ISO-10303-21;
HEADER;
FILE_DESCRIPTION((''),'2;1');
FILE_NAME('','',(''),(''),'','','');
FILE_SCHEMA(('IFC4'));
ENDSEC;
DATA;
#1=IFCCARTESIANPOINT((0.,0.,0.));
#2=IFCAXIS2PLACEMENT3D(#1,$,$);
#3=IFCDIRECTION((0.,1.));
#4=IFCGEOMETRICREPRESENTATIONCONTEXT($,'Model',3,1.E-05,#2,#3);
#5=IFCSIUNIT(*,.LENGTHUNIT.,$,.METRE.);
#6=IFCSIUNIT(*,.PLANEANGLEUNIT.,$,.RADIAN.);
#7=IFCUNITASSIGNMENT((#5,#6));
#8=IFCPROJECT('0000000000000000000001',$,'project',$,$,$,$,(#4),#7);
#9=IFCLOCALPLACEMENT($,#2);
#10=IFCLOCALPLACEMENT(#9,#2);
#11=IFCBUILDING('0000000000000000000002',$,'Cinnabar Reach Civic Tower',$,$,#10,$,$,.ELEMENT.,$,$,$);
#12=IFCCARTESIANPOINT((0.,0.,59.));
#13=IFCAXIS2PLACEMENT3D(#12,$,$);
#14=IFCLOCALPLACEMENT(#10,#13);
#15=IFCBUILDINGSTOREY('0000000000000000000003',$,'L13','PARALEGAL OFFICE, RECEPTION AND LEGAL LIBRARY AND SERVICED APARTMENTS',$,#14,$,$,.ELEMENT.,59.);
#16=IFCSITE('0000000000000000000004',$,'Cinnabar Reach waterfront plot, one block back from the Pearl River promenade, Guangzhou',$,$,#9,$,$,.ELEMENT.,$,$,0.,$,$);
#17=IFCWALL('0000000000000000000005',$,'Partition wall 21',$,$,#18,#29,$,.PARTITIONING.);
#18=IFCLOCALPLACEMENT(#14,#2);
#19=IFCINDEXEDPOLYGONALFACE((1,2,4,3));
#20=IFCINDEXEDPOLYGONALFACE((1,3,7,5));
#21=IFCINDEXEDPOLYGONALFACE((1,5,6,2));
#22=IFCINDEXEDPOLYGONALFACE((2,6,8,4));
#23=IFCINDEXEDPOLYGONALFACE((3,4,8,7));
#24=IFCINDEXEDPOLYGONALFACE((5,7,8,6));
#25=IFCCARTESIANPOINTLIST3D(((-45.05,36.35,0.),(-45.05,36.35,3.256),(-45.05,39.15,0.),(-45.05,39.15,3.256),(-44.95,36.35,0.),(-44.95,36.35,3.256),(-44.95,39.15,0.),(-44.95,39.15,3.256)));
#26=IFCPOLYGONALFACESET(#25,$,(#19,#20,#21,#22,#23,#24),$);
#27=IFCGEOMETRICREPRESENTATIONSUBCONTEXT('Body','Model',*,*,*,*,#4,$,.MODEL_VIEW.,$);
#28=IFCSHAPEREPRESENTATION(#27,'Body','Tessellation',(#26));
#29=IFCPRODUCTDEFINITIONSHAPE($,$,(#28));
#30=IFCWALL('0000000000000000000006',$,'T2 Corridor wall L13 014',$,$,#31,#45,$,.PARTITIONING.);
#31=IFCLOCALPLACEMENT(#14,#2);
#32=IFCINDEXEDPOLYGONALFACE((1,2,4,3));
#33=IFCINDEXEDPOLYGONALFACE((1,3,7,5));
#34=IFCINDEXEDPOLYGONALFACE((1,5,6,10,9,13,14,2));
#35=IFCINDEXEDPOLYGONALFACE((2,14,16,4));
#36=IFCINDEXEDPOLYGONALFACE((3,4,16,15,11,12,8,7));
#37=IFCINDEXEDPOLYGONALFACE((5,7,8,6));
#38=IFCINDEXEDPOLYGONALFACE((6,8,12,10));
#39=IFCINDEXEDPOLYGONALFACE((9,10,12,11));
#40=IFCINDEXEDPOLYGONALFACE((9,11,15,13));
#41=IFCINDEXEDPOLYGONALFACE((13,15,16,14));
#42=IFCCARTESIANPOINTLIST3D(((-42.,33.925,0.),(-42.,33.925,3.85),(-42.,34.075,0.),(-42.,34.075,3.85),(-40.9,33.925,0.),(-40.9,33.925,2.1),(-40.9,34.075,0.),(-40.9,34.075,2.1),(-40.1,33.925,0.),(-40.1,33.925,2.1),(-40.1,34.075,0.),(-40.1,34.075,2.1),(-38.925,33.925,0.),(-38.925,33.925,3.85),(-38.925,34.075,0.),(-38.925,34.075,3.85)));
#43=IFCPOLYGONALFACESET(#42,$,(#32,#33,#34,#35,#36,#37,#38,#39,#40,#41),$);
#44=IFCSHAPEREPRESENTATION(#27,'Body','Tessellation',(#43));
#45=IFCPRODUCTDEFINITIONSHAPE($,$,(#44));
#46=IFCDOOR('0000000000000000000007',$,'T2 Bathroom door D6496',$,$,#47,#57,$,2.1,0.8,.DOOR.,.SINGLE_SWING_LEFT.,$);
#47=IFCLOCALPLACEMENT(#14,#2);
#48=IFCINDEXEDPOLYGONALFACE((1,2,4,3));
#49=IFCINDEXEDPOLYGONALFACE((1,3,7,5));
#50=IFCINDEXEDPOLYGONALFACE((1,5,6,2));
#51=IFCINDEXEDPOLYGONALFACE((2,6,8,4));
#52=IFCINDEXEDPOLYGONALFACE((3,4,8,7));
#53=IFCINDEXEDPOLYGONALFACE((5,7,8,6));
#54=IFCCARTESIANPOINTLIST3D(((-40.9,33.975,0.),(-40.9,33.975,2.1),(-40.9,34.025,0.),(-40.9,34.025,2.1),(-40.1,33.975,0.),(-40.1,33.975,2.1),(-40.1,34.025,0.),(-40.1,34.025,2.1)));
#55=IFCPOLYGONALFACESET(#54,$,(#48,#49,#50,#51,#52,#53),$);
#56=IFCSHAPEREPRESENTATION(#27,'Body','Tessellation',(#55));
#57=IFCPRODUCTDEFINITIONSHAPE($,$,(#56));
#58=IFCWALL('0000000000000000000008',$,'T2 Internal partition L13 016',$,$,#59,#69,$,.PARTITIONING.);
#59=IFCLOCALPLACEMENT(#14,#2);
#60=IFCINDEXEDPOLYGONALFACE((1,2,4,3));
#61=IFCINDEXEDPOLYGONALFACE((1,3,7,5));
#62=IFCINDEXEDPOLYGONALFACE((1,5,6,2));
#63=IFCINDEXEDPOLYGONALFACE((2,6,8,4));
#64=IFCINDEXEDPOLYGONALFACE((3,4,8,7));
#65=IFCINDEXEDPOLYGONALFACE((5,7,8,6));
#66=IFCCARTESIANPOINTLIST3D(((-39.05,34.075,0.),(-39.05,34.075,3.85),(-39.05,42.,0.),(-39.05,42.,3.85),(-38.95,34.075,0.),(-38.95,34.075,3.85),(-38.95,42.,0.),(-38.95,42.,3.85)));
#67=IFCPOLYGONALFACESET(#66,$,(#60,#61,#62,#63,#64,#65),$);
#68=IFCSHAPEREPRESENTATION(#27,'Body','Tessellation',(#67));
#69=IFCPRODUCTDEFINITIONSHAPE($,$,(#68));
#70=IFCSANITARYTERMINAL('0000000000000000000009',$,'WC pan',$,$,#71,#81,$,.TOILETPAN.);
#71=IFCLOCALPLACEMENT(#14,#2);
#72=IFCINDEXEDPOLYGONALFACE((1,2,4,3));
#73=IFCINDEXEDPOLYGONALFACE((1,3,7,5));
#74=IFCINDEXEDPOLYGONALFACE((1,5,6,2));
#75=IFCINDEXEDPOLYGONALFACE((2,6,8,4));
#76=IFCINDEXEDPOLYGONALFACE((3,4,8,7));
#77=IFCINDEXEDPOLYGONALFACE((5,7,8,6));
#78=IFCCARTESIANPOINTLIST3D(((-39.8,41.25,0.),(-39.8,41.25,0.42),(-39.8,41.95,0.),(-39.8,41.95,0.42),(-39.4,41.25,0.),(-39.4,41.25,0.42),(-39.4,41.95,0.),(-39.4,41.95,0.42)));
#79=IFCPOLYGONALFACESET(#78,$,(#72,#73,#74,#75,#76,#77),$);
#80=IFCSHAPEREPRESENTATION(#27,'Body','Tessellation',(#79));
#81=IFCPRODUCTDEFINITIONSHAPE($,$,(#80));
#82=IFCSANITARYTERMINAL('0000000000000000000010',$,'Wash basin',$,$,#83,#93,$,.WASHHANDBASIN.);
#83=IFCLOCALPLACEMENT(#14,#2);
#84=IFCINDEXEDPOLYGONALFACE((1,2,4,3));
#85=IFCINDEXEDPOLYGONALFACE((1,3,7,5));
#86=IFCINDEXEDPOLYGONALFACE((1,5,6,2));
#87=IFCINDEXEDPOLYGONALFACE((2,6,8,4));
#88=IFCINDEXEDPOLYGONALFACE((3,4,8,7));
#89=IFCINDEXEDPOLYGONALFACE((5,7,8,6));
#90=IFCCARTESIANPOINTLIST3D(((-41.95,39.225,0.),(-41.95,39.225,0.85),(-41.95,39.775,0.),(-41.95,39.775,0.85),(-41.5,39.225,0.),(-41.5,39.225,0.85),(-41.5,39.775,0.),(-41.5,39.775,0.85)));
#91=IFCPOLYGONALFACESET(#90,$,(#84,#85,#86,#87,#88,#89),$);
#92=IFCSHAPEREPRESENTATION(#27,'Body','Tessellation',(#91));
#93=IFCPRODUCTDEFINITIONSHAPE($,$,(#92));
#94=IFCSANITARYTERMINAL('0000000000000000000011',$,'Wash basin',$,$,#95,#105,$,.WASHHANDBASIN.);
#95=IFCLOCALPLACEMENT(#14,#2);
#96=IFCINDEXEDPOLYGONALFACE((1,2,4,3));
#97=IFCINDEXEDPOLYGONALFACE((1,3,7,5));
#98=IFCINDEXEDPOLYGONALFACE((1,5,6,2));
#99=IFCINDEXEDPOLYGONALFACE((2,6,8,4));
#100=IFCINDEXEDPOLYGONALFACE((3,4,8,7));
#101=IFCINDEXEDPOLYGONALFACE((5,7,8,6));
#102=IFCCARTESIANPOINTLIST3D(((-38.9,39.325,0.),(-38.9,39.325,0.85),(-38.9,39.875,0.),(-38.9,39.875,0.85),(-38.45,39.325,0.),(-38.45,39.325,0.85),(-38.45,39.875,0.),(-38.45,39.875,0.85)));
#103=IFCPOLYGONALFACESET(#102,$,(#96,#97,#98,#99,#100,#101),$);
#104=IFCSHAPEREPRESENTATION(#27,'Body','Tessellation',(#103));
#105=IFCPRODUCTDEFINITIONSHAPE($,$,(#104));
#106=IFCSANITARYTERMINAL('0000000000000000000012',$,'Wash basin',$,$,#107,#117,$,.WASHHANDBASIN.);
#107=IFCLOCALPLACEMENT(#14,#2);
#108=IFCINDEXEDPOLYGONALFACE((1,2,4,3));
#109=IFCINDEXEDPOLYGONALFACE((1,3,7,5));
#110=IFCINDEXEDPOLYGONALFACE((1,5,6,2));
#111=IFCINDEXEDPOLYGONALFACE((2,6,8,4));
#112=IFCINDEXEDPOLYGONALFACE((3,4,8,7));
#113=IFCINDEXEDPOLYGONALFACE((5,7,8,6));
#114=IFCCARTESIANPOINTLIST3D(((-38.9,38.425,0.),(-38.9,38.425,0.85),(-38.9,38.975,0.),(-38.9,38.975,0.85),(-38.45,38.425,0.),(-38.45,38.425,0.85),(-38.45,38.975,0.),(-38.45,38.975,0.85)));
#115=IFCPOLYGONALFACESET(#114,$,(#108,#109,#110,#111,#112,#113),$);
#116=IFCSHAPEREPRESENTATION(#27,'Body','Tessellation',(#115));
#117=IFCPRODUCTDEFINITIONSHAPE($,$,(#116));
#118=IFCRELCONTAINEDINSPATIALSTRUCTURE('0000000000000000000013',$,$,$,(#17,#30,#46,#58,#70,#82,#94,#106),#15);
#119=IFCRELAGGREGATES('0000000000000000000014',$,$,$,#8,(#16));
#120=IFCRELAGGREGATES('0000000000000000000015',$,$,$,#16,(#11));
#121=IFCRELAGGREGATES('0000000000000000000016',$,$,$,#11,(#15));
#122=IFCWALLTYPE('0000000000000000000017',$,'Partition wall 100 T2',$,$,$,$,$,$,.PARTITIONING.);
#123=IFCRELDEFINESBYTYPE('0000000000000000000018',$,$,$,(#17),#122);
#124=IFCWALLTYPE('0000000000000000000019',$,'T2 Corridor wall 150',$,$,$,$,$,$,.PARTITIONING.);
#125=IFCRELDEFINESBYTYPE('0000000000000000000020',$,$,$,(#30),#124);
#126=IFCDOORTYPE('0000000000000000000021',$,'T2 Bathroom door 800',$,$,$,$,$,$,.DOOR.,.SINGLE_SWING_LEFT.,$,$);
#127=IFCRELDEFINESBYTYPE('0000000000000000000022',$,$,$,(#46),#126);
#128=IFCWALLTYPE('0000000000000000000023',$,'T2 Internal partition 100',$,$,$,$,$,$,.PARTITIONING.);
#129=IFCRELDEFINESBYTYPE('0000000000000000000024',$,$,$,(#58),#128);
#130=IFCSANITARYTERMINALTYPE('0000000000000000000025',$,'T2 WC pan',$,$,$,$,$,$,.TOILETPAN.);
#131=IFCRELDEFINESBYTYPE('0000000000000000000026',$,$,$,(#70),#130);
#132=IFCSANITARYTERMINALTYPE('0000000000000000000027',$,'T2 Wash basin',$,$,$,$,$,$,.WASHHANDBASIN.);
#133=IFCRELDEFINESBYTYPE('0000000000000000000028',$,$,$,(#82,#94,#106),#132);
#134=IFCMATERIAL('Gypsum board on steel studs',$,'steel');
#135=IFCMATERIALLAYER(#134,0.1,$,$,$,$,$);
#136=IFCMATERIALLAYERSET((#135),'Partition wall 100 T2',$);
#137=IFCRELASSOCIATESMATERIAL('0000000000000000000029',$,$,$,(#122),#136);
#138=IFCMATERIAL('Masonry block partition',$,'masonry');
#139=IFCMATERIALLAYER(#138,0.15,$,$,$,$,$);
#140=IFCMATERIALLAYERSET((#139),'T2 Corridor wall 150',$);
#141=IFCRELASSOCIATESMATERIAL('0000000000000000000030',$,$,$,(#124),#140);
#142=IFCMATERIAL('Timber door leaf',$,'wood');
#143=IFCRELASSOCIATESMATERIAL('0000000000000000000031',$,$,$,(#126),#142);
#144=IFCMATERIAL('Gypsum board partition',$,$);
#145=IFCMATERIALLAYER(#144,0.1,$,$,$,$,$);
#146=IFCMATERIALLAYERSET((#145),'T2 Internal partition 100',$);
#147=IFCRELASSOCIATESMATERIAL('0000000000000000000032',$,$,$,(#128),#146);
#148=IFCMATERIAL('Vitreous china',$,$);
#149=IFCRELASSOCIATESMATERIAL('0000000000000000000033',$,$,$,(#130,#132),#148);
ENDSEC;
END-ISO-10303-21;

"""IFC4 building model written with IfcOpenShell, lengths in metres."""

from ifc_helpers import new_model, si_unit, direction, frame, frame_2d, origin, origin_2d, place, context, subcontext, project, spatial, rectangle, extrude, material, layer, layer_set, type_object, element, fill, save


model = new_model("IFC4")

# Units and contexts
model_context = context("Model", 3, precision=1e-05, world=origin(), true_north=direction((0.0, 1.0)))
body_context = subcontext(model_context, "Body", "Model", "MODEL_VIEW")
ifc_project = project(units=[si_unit("LENGTHUNIT", "METRE"), si_unit("PLANEANGLEUNIT", "RADIAN")], contexts=[model_context])

# Site, building, storey
site_placement = place(None, origin())
site = spatial("IfcSite", under=ifc_project, at=site_placement, Name="Cinnabar Reach waterfront plot, one block back from the Pearl River promenade, Guangzhou", CompositionType="ELEMENT", RefElevation=0.0)
building_placement = place(site_placement, origin())
building = spatial("IfcBuilding", under=site, at=building_placement, Name="Cinnabar Reach Civic Tower", CompositionType="ELEMENT")
storey_placement = place(building_placement, frame((0.0, 0.0, 59.0)))
storey = spatial("IfcBuildingStorey", under=building, at=storey_placement, Name="L13", Description="PARALEGAL OFFICE, RECEPTION AND LEGAL LIBRARY AND SERVICED APARTMENTS", CompositionType="ELEMENT", Elevation=59.0)

# Wall
ifc_material_1 = material(Name="Gypsum board on steel studs", Category="steel")
ifc_layer_1 = layer(ifc_material_1, 0.1)
ifc_layer_set_1 = layer_set([ifc_layer_1], Name="Partition wall 100 T2")
wall_type_1 = type_object("IfcWallType", Name="Partition wall 100 T2", PredefinedType="PARTITIONING", material=ifc_layer_set_1)
wall_1_placement = place(storey_placement, frame((-45.0, 36.35, 0.0), z_axis=(0.0, 0.0, 1.0), x_axis=(0.0, 1.0, 0.0)))
element("IfcWall", 1, at=wall_1_placement, inside=storey, type_object=wall_type_1, Name="Partition wall 21", PredefinedType="PARTITIONING", context=body_context, shape_type="SweptSolid", body=[
    extrude(rectangle(XDim=2.8, YDim=0.1, at=frame_2d((1.4, 0.0))), origin(), (0.0, 0.0, 1.0), 3.256),
])

# Wall, opening, door
ifc_material_2 = material(Name="Masonry block partition", Category="masonry")
ifc_layer_2 = layer(ifc_material_2, 0.15)
ifc_layer_set_2 = layer_set([ifc_layer_2], Name="T2 Corridor wall 150")
wall_type_2 = type_object("IfcWallType", Name="T2 Corridor wall 150", PredefinedType="PARTITIONING", material=ifc_layer_set_2)
wall_2_placement = place(storey_placement, frame((-38.925, 34.0, 0.0), z_axis=(0.0, 0.0, 1.0), x_axis=(-1.0, 0.0, 0.0)))
wall_2 = element("IfcWall", 2, at=wall_2_placement, inside=storey, type_object=wall_type_2, Name="T2 Corridor wall L13 014", PredefinedType="PARTITIONING", context=body_context, shape_type="SweptSolid", body=[
    extrude(rectangle(XDim=3.075, YDim=0.15, at=frame_2d((1.5375, 0.0))), origin(), (0.0, 0.0, 1.0), 3.85),
])
opening_1_placement = place(wall_2_placement, frame((1.175, 0.0, 0.0)))
opening_1 = element("IfcOpeningElement", 3, at=opening_1_placement, cuts=wall_2, PredefinedType="OPENING", context=body_context, shape_type="SweptSolid", body=[
    extrude(rectangle(XDim=0.8, YDim=2.1, at=frame_2d((0.4, 1.05))), frame((0.0, 0.085, 0.0), z_axis=(0.0, -1.0, 0.0), x_axis=(1.0, 0.0, 0.0)), (0.0, 0.0, 1.0), 0.17),
])
ifc_material_3 = material(Name="Timber door leaf", Category="wood")
door_type_1 = type_object("IfcDoorType", Name="T2 Bathroom door 800", OperationType="SINGLE_SWING_LEFT", PredefinedType="DOOR", material=ifc_material_3)
door_1_placement = place(opening_1_placement, frame((0.8, 0.0, 0.0), z_axis=(0.0, 0.0, 1.0), x_axis=(-1.0, 0.0, 0.0)))
door_1 = element("IfcDoor", 4, at=door_1_placement, inside=storey, type_object=door_type_1, Name="T2 Bathroom door D6496", OperationType="SINGLE_SWING_LEFT", OverallHeight=2.1, OverallWidth=0.8, PredefinedType="DOOR", context=body_context, shape_type="SweptSolid", body=[
    extrude(rectangle(XDim=0.8, YDim=2.1, at=frame_2d((0.4, 1.05))), frame((0.0, 0.025, 0.0), z_axis=(0.0, -1.0, 0.0), x_axis=(1.0, 0.0, 0.0)), (0.0, 0.0, 1.0), 0.05),
])
fill(opening_1, door_1)

# Wall
ifc_material_4 = material(Name="Gypsum board partition")
ifc_layer_3 = layer(ifc_material_4, 0.1)
ifc_layer_set_3 = layer_set([ifc_layer_3], Name="T2 Internal partition 100")
wall_type_3 = type_object("IfcWallType", Name="T2 Internal partition 100", PredefinedType="PARTITIONING", material=ifc_layer_set_3)
wall_3_placement = place(storey_placement, frame((-39.0, 34.075, 0.0), z_axis=(0.0, 0.0, 1.0), x_axis=(0.0, 1.0, 0.0)))
element("IfcWall", 5, at=wall_3_placement, inside=storey, type_object=wall_type_3, Name="T2 Internal partition L13 016", PredefinedType="PARTITIONING", context=body_context, shape_type="SweptSolid", body=[
    extrude(rectangle(XDim=7.925, YDim=0.1, at=frame_2d((3.9625, 0.0))), origin(), (0.0, 0.0, 1.0), 3.85),
])

# Sanitary terminals
ifc_material_5 = material(Name="Vitreous china")
sanitary_terminal_type_1 = type_object("IfcSanitaryTerminalType", Name="T2 WC pan", PredefinedType="TOILETPAN", material=ifc_material_5)
sanitary_terminal_placement = place(storey_placement, frame((-39.6, 41.6, 0.0), z_axis=(0.0, 0.0, 1.0), x_axis=(1.0, 0.0, 0.0)))
element("IfcSanitaryTerminal", 6, at=sanitary_terminal_placement, inside=storey, type_object=sanitary_terminal_type_1, Name="WC pan", PredefinedType="TOILETPAN", context=body_context, shape_type="SweptSolid", body=[
    extrude(rectangle(XDim=0.4, YDim=0.7, at=origin_2d()), origin(), (0.0, 0.0, 1.0), 0.42),
])
sanitary_terminal_type_2 = type_object("IfcSanitaryTerminalType", Name="T2 Wash basin", PredefinedType="WASHHANDBASIN", material=ifc_material_5)
for number, where, z_axis, x_axis, name in (
    (7, (-41.725, 39.5, 0.0), (0.0, 0.0, 1.0), (1.0, 0.0, 0.0), "Wash basin"),
    (8, (-38.675, 39.6, 0.0), (0.0, 0.0, 1.0), (1.0, 0.0, 0.0), "Wash basin"),
    (9, (-38.675, 38.7, 0.0), (0.0, 0.0, 1.0), (1.0, 0.0, 0.0), "Wash basin"),
):
    element("IfcSanitaryTerminal", number, at=place(storey_placement, frame(where, z_axis=z_axis, x_axis=x_axis)), inside=storey, type_object=sanitary_terminal_type_2, Name=name, PredefinedType="WASHHANDBASIN", context=body_context, shape_type="SweptSolid", body=[
        extrude(rectangle(XDim=0.45, YDim=0.55, at=origin_2d()), origin(), (0.0, 0.0, 1.0), 0.85),
    ])

save(model, "model.ifc")
